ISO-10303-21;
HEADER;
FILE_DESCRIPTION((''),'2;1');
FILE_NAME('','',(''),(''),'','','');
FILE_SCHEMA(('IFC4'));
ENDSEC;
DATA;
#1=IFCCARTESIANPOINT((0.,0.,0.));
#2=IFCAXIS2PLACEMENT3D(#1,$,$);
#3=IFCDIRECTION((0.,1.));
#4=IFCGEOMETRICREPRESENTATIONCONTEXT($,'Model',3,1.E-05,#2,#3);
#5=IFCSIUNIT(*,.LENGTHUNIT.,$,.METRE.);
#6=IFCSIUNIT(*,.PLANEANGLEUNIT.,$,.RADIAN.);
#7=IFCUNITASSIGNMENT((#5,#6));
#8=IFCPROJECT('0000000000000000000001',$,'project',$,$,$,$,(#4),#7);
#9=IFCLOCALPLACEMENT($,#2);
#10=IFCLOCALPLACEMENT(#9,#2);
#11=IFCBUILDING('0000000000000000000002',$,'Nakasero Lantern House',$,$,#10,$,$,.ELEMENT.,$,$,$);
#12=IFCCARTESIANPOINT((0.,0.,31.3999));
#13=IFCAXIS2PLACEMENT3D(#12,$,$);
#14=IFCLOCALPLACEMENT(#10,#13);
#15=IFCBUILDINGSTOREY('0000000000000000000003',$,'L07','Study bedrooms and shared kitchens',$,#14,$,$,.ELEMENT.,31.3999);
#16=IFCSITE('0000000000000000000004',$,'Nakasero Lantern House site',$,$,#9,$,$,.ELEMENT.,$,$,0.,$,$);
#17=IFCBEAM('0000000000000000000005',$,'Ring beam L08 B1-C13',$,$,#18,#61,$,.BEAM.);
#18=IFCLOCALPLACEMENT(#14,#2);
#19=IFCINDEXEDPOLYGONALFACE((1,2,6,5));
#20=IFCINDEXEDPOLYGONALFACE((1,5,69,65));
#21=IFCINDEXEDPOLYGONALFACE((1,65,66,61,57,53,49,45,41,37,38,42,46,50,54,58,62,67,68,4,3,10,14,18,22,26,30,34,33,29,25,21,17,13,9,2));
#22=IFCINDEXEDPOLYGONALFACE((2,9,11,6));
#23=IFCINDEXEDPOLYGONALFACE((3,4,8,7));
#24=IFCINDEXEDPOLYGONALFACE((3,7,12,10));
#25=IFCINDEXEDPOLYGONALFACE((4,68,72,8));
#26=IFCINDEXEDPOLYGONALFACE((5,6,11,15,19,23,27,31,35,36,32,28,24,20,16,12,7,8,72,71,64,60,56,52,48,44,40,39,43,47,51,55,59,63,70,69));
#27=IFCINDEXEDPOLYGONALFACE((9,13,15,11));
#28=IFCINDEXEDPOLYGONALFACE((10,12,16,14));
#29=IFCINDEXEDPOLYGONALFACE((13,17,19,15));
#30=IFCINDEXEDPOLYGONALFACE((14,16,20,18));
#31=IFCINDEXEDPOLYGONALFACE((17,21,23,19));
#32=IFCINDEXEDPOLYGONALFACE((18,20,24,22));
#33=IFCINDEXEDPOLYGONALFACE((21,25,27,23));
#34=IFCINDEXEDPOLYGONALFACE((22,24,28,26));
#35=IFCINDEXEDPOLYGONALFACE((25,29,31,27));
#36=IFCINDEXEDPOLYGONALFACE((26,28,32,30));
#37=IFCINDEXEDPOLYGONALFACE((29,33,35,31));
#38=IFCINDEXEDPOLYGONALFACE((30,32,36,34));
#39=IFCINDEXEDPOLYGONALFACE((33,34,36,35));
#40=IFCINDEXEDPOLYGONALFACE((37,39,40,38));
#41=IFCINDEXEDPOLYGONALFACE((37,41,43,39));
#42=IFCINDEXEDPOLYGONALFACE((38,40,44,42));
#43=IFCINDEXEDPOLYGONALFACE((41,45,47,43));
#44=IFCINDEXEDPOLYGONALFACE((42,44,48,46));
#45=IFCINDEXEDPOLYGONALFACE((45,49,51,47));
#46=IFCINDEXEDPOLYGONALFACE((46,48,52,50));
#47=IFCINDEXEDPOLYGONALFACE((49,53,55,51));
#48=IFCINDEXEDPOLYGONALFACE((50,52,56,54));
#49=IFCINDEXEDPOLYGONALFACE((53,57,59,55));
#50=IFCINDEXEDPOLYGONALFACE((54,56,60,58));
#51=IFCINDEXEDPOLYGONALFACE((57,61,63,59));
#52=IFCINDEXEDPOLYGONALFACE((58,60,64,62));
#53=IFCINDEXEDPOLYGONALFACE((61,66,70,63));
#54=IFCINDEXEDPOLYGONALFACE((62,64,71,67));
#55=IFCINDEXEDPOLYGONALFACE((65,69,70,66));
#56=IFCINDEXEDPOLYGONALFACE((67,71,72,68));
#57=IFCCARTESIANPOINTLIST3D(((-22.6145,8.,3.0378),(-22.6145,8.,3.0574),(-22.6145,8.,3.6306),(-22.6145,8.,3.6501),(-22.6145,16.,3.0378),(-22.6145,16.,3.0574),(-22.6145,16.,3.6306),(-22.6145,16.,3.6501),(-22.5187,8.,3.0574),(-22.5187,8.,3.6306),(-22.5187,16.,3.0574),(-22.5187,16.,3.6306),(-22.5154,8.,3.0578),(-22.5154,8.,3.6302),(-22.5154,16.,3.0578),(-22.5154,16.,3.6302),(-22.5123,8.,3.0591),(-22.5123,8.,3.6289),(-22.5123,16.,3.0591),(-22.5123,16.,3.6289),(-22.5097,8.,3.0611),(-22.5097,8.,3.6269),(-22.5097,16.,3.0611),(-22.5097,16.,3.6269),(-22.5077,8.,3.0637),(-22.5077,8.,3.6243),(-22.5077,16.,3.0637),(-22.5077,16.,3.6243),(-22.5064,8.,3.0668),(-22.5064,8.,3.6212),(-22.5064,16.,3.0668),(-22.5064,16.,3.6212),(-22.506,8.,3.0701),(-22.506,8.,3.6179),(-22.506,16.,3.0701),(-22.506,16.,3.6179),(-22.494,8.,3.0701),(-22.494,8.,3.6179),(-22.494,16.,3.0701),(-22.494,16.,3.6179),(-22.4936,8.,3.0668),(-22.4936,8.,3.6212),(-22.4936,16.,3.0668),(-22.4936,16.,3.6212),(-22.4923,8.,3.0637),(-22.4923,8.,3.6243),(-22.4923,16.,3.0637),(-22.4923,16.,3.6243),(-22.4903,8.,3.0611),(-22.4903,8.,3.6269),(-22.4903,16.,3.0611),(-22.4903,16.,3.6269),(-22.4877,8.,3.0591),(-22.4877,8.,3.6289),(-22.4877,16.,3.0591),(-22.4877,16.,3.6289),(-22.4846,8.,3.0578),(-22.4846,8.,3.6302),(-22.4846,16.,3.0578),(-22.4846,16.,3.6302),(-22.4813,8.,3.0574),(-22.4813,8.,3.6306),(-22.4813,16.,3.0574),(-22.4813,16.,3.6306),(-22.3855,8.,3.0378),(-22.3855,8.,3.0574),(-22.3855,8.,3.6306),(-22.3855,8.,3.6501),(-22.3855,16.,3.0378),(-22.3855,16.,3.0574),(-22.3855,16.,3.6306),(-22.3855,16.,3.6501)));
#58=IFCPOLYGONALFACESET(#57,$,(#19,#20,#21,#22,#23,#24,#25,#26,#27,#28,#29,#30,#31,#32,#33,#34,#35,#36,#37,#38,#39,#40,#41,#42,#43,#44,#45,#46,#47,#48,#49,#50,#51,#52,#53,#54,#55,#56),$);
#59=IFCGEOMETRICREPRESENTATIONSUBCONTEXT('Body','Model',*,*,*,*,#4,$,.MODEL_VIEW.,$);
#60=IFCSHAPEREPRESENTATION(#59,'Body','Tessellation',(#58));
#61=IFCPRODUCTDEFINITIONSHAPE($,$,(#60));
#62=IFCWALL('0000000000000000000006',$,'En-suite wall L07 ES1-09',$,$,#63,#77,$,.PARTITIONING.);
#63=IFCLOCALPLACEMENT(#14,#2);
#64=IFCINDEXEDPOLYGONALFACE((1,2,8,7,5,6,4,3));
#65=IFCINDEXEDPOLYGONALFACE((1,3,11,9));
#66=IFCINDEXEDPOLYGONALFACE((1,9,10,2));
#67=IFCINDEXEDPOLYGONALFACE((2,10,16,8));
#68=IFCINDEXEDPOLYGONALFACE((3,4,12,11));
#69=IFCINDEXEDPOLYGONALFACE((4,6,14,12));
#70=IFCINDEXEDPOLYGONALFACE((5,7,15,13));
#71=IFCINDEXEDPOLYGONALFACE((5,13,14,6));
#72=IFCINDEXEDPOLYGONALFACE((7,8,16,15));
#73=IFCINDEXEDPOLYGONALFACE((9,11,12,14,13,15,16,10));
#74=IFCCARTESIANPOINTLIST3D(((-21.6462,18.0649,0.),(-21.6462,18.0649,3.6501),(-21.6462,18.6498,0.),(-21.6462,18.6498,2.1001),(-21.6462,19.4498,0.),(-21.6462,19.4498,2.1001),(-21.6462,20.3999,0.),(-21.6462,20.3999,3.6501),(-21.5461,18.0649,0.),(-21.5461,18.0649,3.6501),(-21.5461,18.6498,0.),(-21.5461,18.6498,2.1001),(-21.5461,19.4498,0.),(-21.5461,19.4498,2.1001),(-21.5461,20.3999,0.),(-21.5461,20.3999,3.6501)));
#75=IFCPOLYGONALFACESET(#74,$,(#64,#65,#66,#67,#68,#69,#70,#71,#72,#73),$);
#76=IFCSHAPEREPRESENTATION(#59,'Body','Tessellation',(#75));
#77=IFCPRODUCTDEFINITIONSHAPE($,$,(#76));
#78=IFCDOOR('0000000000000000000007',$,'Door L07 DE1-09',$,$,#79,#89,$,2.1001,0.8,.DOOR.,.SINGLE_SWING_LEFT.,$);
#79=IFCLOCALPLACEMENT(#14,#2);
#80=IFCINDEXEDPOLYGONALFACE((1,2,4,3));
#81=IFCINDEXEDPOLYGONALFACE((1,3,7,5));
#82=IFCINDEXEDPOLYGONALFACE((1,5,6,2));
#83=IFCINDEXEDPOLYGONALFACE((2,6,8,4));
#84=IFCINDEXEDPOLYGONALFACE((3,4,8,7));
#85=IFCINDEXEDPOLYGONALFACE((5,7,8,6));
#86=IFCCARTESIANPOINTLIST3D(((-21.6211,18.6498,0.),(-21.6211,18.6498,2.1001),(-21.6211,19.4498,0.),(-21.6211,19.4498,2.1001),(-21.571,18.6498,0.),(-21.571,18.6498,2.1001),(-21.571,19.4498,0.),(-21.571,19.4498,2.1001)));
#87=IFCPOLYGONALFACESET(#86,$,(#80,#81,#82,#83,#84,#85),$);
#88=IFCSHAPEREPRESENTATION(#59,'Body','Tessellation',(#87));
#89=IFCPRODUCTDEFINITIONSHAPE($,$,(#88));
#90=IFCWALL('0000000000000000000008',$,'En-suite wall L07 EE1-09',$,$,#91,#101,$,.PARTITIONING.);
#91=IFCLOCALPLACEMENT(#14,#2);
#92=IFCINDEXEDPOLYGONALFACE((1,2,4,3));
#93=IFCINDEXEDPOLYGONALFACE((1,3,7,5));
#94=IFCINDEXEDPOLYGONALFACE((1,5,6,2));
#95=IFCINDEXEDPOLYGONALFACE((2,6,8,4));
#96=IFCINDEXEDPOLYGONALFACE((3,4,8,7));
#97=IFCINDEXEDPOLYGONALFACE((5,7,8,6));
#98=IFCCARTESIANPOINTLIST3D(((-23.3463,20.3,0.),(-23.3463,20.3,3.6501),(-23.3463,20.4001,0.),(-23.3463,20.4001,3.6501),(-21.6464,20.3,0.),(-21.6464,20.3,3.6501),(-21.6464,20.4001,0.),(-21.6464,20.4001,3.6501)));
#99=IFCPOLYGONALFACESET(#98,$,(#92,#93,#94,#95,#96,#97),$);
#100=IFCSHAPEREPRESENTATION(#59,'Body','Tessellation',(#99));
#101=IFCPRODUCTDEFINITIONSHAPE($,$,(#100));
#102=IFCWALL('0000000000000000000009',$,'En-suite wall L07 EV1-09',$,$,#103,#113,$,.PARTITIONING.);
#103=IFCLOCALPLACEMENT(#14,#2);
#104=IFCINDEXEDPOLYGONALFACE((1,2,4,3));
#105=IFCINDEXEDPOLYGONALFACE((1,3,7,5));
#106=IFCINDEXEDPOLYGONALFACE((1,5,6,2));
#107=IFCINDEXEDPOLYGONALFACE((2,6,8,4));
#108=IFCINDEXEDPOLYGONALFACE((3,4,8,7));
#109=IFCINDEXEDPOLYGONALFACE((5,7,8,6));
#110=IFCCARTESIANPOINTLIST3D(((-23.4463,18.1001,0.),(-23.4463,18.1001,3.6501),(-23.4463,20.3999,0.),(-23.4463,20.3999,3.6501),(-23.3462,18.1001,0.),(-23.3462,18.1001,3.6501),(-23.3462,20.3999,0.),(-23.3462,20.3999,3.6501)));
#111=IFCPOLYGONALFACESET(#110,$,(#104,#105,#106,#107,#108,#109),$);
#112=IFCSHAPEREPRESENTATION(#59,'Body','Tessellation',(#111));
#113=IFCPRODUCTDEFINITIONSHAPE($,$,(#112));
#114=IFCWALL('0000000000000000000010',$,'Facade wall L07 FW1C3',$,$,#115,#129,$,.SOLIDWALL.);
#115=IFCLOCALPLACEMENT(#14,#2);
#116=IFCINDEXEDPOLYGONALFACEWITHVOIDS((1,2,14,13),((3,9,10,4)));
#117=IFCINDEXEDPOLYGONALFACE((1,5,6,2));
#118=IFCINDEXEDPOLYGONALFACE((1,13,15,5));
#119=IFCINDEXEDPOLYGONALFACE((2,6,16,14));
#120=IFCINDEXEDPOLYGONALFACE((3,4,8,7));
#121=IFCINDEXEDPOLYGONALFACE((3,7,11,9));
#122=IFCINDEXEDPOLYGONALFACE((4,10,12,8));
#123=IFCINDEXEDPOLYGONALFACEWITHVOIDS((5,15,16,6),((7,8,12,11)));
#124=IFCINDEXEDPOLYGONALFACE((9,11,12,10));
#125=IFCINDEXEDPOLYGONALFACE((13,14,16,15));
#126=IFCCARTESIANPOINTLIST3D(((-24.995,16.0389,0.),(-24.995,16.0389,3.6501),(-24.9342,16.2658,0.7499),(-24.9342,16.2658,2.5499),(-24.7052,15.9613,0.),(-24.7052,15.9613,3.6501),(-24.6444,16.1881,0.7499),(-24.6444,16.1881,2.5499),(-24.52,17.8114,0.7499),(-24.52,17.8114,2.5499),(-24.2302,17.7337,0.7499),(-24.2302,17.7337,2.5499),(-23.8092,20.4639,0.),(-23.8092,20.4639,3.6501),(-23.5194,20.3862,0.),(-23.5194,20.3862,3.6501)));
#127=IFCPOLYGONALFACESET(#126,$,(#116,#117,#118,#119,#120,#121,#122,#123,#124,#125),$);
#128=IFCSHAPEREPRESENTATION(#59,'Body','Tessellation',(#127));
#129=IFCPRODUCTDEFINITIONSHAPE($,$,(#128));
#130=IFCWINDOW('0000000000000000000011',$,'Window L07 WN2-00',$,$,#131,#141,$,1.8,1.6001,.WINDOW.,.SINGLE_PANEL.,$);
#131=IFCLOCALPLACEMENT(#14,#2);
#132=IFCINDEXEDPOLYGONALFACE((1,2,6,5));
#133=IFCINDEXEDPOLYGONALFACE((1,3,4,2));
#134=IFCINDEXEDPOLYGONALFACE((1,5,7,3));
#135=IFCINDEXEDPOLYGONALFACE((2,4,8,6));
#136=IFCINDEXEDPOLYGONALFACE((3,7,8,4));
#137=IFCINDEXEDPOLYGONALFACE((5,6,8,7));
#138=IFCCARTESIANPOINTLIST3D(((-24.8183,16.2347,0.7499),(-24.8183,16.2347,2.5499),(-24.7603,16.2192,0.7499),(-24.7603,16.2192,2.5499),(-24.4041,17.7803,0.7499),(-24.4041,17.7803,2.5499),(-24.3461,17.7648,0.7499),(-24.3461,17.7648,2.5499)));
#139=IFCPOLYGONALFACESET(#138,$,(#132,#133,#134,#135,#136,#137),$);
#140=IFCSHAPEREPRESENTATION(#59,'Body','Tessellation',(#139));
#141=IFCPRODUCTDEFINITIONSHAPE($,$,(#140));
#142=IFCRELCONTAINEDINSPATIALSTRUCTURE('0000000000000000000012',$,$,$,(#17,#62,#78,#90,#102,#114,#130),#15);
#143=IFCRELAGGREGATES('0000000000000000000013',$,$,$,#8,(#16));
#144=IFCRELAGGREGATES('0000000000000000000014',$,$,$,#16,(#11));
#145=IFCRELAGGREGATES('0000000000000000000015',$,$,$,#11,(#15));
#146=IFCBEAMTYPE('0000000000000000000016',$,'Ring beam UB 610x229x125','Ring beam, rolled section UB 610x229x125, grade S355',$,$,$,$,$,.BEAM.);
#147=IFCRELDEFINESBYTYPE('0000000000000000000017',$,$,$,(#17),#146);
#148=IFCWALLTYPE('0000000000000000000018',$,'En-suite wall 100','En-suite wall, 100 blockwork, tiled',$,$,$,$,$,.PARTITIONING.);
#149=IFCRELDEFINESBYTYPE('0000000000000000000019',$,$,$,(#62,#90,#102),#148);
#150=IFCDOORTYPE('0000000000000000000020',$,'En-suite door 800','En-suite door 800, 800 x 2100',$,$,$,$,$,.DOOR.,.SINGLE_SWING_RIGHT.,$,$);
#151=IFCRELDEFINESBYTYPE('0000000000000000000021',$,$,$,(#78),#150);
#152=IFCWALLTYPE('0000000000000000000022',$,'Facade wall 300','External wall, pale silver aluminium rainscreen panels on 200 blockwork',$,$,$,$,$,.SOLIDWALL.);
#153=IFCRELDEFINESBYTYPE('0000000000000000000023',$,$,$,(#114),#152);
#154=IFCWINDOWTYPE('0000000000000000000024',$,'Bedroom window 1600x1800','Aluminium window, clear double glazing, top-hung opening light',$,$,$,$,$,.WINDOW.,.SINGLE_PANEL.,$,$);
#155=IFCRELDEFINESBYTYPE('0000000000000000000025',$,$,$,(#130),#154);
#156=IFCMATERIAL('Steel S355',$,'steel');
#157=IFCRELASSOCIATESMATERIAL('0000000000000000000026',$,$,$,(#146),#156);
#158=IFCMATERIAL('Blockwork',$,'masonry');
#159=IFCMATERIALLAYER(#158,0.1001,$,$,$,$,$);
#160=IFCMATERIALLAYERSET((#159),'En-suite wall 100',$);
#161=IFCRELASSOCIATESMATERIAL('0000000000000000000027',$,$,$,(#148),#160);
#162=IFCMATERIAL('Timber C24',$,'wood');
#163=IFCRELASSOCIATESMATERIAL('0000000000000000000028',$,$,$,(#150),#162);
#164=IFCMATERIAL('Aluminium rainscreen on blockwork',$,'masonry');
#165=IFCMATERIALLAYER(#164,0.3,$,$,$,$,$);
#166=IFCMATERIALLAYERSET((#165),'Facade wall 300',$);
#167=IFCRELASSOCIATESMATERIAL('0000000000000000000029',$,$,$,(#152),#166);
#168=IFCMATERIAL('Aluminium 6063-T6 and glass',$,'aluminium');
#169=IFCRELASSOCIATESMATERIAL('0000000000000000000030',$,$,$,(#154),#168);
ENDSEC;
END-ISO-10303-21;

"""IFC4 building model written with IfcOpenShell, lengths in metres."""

from ifc_helpers import new_model, si_unit, direction, frame, frame_2d, origin, origin_2d, place, context, subcontext, project, spatial, rectangle, i_section, extrude, material, layer, layer_set, material_profile, profile_set, type_object, element, fill, save


model = new_model("IFC4")

# Units and contexts
model_context = context("Model", 3, precision=1e-05, world=origin(), true_north=direction((0.0, 1.0)))
body_context = subcontext(model_context, "Body", "Model", "MODEL_VIEW")
ifc_project = project(units=[si_unit("LENGTHUNIT", "METRE"), si_unit("PLANEANGLEUNIT", "RADIAN")], contexts=[model_context])

# Site, building, storey
site_placement = place(None, origin())
site = spatial("IfcSite", under=ifc_project, at=site_placement, Name="Nakasero Lantern House site", CompositionType="ELEMENT", RefElevation=0.0)
building_placement = place(site_placement, origin())
building = spatial("IfcBuilding", under=site, at=building_placement, Name="Nakasero Lantern House", CompositionType="ELEMENT")
storey_placement = place(building_placement, frame((0.0, 0.0, 31.3999)))
storey = spatial("IfcBuildingStorey", under=building, at=storey_placement, Name="L07", Description="Study bedrooms and shared kitchens", CompositionType="ELEMENT", Elevation=31.3999)

# Beam
ifc_material_1 = material(Name="Steel S355", Category="steel")
ifc_material_profile_1 = material_profile(ifc_material_1, i_section(OverallWidth=0.229, OverallDepth=0.6123, WebThickness=0.012, FlangeThickness=0.0195, FilletRadius=0.0127, at=origin_2d()), Name="UB 610x229x125")
ifc_profile_set_1 = profile_set([ifc_material_profile_1], Name="Steel S355")
beam_type_1 = type_object("IfcBeamType", Name="Ring beam UB 610x229x125", Description="Ring beam, rolled section UB 610x229x125, grade S355", PredefinedType="BEAM", material=ifc_profile_set_1)
beam_1_placement = place(storey_placement, frame((-22.5, 16.0, 3.344), z_axis=(0.0, -1.0, 0.0), x_axis=(1.0, 0.0, 0.0)))
element("IfcBeam", 1, at=beam_1_placement, inside=storey, type_object=beam_type_1, Name="Ring beam L08 B1-C13", PredefinedType="BEAM", context=body_context, shape_type="SweptSolid", body=[
    extrude(i_section(OverallWidth=0.229, OverallDepth=0.6123, WebThickness=0.012, FlangeThickness=0.0195, FilletRadius=0.0127, at=origin_2d()), origin(), (0.0, 0.0, 1.0), 8.0),
])

# Wall, opening, door
ifc_material_2 = material(Name="Blockwork", Category="masonry")
ifc_layer_1 = layer(ifc_material_2, 0.1001)
ifc_layer_set_1 = layer_set([ifc_layer_1], Name="En-suite wall 100")
wall_type_1 = type_object("IfcWallType", Name="En-suite wall 100", Description="En-suite wall, 100 blockwork, tiled", PredefinedType="PARTITIONING", material=ifc_layer_set_1)
wall_1_placement = place(storey_placement, frame((-21.5962, 18.0649, 0.0), z_axis=(0.0, 0.0, 1.0), x_axis=(0.0, 1.0, 0.0)))
wall_1 = element("IfcWall", 2, at=wall_1_placement, inside=storey, type_object=wall_type_1, Name="En-suite wall L07 ES1-09", PredefinedType="PARTITIONING", context=body_context, shape_type="SweptSolid", body=[
    extrude(rectangle(XDim=2.335, YDim=0.1001, at=frame_2d((1.1675, 0.0))), origin(), (0.0, 0.0, 1.0), 3.6501),
])
opening_1_placement = place(wall_1_placement, frame((0.585, 0.0, 0.0)))
opening_1 = element("IfcOpeningElement", 3, at=opening_1_placement, cuts=wall_1, PredefinedType="OPENING", context=body_context, shape_type="SweptSolid", body=[
    extrude(rectangle(XDim=0.8, YDim=2.1001, at=frame_2d((0.3999, 1.05))), frame((0.0, 0.0701, 0.0), z_axis=(0.0, -1.0, 0.0), x_axis=(1.0, 0.0, 0.0)), (0.0, 0.0, 1.0), 0.1401),
])
ifc_material_3 = material(Name="Timber C24", Category="wood")
door_type_1 = type_object("IfcDoorType", Name="En-suite door 800", Description="En-suite door 800, 800 x 2100", OperationType="SINGLE_SWING_RIGHT", PredefinedType="DOOR", material=ifc_material_3)
door_1_placement = place(opening_1_placement, origin())
door_1 = element("IfcDoor", 4, at=door_1_placement, inside=storey, type_object=door_type_1, Name="Door L07 DE1-09", OperationType="SINGLE_SWING_LEFT", OverallHeight=2.1001, OverallWidth=0.8, PredefinedType="DOOR", context=body_context, shape_type="SweptSolid", body=[
    extrude(rectangle(XDim=0.8, YDim=2.1001, at=frame_2d((0.3999, 1.05))), frame((0.0, 0.0249, 0.0), z_axis=(0.0, -1.0, 0.0), x_axis=(1.0, 0.0, 0.0)), (0.0, 0.0, 1.0), 0.05),
])
fill(opening_1, door_1)

# Walls
wall_2_placement = place(storey_placement, frame((-21.6462, 20.3501, 0.0), z_axis=(0.0, 0.0, 1.0), x_axis=(-1.0, 0.0, 0.0)))
element("IfcWall", 5, at=wall_2_placement, inside=storey, type_object=wall_type_1, Name="En-suite wall L07 EE1-09", PredefinedType="PARTITIONING", context=body_context, shape_type="SweptSolid", body=[
    extrude(rectangle(XDim=1.7, YDim=0.1001, at=frame_2d((0.8501, 0.0))), origin(), (0.0, 0.0, 1.0), 3.6501),
])
wall_3_placement = place(storey_placement, frame((-23.3962, 18.1001, 0.0), z_axis=(0.0, 0.0, 1.0), x_axis=(0.0, 1.0, 0.0)))
element("IfcWall", 6, at=wall_3_placement, inside=storey, type_object=wall_type_1, Name="En-suite wall L07 EV1-09", PredefinedType="PARTITIONING", context=body_context, shape_type="SweptSolid", body=[
    extrude(rectangle(XDim=2.2998, YDim=0.1001, at=frame_2d((1.1499, 0.0))), origin(), (0.0, 0.0, 1.0), 3.6501),
])

# Wall, opening, window
ifc_material_4 = material(Name="Aluminium rainscreen on blockwork", Category="masonry")
ifc_layer_2 = layer(ifc_material_4, 0.3)
ifc_layer_set_2 = layer_set([ifc_layer_2], Name="Facade wall 300")
wall_type_2 = type_object("IfcWallType", Name="Facade wall 300", Description="External wall, pale silver aluminium rainscreen panels on 200 blockwork", PredefinedType="SOLIDWALL", material=ifc_layer_set_2)
wall_4_placement = place(storey_placement, frame((-23.6643, 20.425, 0.0), z_axis=(0.0, 0.0, 1.0), x_axis=(-0.25884, -0.96592, 0.0)))
wall_4 = element("IfcWall", 7, at=wall_4_placement, inside=storey, type_object=wall_type_2, Name="Facade wall L07 FW1C3", PredefinedType="SOLIDWALL", context=body_context, shape_type="SweptSolid", body=[
    extrude(rectangle(XDim=4.5811, YDim=0.3, at=frame_2d((2.2905, 0.0))), origin(), (0.0, 0.0, 1.0), 3.6501),
])
opening_2_placement = place(wall_4_placement, frame((2.7461, 0.0, 0.75)))
opening_2 = element("IfcOpeningElement", 8, at=opening_2_placement, cuts=wall_4, PredefinedType="OPENING", context=body_context, shape_type="SweptSolid", body=[
    extrude(rectangle(XDim=1.6001, YDim=1.8, at=frame_2d((0.8, 0.8999))), frame((0.0, 0.1699, 0.0), z_axis=(0.0, -1.0, 0.0), x_axis=(1.0, 0.0, 0.0)), (0.0, 0.0, 1.0), 0.3401),
])
ifc_material_5 = material(Name="Aluminium 6063-T6 and glass", Category="aluminium")
window_type_1 = type_object("IfcWindowType", Name="Bedroom window 1600x1800", Description="Aluminium window, clear double glazing, top-hung opening light", PartitioningType="SINGLE_PANEL", PredefinedType="WINDOW", material=ifc_material_5)
window_1_placement = place(opening_2_placement, origin())
window_1 = element("IfcWindow", 9, at=window_1_placement, inside=storey, type_object=window_type_1, Name="Window L07 WN2-00", OverallHeight=1.8, OverallWidth=1.6001, PartitioningType="SINGLE_PANEL", PredefinedType="WINDOW", context=body_context, shape_type="SweptSolid", body=[
    extrude(rectangle(XDim=1.6001, YDim=1.8, at=frame_2d((0.8, 0.8999))), frame((0.0, 0.03, 0.0), z_axis=(0.0, -1.0, 0.0), x_axis=(1.0, 0.0, 0.0)), (0.0, 0.0, 1.0), 0.0601),
])
fill(opening_2, window_1)

save(model, "model.ifc")
